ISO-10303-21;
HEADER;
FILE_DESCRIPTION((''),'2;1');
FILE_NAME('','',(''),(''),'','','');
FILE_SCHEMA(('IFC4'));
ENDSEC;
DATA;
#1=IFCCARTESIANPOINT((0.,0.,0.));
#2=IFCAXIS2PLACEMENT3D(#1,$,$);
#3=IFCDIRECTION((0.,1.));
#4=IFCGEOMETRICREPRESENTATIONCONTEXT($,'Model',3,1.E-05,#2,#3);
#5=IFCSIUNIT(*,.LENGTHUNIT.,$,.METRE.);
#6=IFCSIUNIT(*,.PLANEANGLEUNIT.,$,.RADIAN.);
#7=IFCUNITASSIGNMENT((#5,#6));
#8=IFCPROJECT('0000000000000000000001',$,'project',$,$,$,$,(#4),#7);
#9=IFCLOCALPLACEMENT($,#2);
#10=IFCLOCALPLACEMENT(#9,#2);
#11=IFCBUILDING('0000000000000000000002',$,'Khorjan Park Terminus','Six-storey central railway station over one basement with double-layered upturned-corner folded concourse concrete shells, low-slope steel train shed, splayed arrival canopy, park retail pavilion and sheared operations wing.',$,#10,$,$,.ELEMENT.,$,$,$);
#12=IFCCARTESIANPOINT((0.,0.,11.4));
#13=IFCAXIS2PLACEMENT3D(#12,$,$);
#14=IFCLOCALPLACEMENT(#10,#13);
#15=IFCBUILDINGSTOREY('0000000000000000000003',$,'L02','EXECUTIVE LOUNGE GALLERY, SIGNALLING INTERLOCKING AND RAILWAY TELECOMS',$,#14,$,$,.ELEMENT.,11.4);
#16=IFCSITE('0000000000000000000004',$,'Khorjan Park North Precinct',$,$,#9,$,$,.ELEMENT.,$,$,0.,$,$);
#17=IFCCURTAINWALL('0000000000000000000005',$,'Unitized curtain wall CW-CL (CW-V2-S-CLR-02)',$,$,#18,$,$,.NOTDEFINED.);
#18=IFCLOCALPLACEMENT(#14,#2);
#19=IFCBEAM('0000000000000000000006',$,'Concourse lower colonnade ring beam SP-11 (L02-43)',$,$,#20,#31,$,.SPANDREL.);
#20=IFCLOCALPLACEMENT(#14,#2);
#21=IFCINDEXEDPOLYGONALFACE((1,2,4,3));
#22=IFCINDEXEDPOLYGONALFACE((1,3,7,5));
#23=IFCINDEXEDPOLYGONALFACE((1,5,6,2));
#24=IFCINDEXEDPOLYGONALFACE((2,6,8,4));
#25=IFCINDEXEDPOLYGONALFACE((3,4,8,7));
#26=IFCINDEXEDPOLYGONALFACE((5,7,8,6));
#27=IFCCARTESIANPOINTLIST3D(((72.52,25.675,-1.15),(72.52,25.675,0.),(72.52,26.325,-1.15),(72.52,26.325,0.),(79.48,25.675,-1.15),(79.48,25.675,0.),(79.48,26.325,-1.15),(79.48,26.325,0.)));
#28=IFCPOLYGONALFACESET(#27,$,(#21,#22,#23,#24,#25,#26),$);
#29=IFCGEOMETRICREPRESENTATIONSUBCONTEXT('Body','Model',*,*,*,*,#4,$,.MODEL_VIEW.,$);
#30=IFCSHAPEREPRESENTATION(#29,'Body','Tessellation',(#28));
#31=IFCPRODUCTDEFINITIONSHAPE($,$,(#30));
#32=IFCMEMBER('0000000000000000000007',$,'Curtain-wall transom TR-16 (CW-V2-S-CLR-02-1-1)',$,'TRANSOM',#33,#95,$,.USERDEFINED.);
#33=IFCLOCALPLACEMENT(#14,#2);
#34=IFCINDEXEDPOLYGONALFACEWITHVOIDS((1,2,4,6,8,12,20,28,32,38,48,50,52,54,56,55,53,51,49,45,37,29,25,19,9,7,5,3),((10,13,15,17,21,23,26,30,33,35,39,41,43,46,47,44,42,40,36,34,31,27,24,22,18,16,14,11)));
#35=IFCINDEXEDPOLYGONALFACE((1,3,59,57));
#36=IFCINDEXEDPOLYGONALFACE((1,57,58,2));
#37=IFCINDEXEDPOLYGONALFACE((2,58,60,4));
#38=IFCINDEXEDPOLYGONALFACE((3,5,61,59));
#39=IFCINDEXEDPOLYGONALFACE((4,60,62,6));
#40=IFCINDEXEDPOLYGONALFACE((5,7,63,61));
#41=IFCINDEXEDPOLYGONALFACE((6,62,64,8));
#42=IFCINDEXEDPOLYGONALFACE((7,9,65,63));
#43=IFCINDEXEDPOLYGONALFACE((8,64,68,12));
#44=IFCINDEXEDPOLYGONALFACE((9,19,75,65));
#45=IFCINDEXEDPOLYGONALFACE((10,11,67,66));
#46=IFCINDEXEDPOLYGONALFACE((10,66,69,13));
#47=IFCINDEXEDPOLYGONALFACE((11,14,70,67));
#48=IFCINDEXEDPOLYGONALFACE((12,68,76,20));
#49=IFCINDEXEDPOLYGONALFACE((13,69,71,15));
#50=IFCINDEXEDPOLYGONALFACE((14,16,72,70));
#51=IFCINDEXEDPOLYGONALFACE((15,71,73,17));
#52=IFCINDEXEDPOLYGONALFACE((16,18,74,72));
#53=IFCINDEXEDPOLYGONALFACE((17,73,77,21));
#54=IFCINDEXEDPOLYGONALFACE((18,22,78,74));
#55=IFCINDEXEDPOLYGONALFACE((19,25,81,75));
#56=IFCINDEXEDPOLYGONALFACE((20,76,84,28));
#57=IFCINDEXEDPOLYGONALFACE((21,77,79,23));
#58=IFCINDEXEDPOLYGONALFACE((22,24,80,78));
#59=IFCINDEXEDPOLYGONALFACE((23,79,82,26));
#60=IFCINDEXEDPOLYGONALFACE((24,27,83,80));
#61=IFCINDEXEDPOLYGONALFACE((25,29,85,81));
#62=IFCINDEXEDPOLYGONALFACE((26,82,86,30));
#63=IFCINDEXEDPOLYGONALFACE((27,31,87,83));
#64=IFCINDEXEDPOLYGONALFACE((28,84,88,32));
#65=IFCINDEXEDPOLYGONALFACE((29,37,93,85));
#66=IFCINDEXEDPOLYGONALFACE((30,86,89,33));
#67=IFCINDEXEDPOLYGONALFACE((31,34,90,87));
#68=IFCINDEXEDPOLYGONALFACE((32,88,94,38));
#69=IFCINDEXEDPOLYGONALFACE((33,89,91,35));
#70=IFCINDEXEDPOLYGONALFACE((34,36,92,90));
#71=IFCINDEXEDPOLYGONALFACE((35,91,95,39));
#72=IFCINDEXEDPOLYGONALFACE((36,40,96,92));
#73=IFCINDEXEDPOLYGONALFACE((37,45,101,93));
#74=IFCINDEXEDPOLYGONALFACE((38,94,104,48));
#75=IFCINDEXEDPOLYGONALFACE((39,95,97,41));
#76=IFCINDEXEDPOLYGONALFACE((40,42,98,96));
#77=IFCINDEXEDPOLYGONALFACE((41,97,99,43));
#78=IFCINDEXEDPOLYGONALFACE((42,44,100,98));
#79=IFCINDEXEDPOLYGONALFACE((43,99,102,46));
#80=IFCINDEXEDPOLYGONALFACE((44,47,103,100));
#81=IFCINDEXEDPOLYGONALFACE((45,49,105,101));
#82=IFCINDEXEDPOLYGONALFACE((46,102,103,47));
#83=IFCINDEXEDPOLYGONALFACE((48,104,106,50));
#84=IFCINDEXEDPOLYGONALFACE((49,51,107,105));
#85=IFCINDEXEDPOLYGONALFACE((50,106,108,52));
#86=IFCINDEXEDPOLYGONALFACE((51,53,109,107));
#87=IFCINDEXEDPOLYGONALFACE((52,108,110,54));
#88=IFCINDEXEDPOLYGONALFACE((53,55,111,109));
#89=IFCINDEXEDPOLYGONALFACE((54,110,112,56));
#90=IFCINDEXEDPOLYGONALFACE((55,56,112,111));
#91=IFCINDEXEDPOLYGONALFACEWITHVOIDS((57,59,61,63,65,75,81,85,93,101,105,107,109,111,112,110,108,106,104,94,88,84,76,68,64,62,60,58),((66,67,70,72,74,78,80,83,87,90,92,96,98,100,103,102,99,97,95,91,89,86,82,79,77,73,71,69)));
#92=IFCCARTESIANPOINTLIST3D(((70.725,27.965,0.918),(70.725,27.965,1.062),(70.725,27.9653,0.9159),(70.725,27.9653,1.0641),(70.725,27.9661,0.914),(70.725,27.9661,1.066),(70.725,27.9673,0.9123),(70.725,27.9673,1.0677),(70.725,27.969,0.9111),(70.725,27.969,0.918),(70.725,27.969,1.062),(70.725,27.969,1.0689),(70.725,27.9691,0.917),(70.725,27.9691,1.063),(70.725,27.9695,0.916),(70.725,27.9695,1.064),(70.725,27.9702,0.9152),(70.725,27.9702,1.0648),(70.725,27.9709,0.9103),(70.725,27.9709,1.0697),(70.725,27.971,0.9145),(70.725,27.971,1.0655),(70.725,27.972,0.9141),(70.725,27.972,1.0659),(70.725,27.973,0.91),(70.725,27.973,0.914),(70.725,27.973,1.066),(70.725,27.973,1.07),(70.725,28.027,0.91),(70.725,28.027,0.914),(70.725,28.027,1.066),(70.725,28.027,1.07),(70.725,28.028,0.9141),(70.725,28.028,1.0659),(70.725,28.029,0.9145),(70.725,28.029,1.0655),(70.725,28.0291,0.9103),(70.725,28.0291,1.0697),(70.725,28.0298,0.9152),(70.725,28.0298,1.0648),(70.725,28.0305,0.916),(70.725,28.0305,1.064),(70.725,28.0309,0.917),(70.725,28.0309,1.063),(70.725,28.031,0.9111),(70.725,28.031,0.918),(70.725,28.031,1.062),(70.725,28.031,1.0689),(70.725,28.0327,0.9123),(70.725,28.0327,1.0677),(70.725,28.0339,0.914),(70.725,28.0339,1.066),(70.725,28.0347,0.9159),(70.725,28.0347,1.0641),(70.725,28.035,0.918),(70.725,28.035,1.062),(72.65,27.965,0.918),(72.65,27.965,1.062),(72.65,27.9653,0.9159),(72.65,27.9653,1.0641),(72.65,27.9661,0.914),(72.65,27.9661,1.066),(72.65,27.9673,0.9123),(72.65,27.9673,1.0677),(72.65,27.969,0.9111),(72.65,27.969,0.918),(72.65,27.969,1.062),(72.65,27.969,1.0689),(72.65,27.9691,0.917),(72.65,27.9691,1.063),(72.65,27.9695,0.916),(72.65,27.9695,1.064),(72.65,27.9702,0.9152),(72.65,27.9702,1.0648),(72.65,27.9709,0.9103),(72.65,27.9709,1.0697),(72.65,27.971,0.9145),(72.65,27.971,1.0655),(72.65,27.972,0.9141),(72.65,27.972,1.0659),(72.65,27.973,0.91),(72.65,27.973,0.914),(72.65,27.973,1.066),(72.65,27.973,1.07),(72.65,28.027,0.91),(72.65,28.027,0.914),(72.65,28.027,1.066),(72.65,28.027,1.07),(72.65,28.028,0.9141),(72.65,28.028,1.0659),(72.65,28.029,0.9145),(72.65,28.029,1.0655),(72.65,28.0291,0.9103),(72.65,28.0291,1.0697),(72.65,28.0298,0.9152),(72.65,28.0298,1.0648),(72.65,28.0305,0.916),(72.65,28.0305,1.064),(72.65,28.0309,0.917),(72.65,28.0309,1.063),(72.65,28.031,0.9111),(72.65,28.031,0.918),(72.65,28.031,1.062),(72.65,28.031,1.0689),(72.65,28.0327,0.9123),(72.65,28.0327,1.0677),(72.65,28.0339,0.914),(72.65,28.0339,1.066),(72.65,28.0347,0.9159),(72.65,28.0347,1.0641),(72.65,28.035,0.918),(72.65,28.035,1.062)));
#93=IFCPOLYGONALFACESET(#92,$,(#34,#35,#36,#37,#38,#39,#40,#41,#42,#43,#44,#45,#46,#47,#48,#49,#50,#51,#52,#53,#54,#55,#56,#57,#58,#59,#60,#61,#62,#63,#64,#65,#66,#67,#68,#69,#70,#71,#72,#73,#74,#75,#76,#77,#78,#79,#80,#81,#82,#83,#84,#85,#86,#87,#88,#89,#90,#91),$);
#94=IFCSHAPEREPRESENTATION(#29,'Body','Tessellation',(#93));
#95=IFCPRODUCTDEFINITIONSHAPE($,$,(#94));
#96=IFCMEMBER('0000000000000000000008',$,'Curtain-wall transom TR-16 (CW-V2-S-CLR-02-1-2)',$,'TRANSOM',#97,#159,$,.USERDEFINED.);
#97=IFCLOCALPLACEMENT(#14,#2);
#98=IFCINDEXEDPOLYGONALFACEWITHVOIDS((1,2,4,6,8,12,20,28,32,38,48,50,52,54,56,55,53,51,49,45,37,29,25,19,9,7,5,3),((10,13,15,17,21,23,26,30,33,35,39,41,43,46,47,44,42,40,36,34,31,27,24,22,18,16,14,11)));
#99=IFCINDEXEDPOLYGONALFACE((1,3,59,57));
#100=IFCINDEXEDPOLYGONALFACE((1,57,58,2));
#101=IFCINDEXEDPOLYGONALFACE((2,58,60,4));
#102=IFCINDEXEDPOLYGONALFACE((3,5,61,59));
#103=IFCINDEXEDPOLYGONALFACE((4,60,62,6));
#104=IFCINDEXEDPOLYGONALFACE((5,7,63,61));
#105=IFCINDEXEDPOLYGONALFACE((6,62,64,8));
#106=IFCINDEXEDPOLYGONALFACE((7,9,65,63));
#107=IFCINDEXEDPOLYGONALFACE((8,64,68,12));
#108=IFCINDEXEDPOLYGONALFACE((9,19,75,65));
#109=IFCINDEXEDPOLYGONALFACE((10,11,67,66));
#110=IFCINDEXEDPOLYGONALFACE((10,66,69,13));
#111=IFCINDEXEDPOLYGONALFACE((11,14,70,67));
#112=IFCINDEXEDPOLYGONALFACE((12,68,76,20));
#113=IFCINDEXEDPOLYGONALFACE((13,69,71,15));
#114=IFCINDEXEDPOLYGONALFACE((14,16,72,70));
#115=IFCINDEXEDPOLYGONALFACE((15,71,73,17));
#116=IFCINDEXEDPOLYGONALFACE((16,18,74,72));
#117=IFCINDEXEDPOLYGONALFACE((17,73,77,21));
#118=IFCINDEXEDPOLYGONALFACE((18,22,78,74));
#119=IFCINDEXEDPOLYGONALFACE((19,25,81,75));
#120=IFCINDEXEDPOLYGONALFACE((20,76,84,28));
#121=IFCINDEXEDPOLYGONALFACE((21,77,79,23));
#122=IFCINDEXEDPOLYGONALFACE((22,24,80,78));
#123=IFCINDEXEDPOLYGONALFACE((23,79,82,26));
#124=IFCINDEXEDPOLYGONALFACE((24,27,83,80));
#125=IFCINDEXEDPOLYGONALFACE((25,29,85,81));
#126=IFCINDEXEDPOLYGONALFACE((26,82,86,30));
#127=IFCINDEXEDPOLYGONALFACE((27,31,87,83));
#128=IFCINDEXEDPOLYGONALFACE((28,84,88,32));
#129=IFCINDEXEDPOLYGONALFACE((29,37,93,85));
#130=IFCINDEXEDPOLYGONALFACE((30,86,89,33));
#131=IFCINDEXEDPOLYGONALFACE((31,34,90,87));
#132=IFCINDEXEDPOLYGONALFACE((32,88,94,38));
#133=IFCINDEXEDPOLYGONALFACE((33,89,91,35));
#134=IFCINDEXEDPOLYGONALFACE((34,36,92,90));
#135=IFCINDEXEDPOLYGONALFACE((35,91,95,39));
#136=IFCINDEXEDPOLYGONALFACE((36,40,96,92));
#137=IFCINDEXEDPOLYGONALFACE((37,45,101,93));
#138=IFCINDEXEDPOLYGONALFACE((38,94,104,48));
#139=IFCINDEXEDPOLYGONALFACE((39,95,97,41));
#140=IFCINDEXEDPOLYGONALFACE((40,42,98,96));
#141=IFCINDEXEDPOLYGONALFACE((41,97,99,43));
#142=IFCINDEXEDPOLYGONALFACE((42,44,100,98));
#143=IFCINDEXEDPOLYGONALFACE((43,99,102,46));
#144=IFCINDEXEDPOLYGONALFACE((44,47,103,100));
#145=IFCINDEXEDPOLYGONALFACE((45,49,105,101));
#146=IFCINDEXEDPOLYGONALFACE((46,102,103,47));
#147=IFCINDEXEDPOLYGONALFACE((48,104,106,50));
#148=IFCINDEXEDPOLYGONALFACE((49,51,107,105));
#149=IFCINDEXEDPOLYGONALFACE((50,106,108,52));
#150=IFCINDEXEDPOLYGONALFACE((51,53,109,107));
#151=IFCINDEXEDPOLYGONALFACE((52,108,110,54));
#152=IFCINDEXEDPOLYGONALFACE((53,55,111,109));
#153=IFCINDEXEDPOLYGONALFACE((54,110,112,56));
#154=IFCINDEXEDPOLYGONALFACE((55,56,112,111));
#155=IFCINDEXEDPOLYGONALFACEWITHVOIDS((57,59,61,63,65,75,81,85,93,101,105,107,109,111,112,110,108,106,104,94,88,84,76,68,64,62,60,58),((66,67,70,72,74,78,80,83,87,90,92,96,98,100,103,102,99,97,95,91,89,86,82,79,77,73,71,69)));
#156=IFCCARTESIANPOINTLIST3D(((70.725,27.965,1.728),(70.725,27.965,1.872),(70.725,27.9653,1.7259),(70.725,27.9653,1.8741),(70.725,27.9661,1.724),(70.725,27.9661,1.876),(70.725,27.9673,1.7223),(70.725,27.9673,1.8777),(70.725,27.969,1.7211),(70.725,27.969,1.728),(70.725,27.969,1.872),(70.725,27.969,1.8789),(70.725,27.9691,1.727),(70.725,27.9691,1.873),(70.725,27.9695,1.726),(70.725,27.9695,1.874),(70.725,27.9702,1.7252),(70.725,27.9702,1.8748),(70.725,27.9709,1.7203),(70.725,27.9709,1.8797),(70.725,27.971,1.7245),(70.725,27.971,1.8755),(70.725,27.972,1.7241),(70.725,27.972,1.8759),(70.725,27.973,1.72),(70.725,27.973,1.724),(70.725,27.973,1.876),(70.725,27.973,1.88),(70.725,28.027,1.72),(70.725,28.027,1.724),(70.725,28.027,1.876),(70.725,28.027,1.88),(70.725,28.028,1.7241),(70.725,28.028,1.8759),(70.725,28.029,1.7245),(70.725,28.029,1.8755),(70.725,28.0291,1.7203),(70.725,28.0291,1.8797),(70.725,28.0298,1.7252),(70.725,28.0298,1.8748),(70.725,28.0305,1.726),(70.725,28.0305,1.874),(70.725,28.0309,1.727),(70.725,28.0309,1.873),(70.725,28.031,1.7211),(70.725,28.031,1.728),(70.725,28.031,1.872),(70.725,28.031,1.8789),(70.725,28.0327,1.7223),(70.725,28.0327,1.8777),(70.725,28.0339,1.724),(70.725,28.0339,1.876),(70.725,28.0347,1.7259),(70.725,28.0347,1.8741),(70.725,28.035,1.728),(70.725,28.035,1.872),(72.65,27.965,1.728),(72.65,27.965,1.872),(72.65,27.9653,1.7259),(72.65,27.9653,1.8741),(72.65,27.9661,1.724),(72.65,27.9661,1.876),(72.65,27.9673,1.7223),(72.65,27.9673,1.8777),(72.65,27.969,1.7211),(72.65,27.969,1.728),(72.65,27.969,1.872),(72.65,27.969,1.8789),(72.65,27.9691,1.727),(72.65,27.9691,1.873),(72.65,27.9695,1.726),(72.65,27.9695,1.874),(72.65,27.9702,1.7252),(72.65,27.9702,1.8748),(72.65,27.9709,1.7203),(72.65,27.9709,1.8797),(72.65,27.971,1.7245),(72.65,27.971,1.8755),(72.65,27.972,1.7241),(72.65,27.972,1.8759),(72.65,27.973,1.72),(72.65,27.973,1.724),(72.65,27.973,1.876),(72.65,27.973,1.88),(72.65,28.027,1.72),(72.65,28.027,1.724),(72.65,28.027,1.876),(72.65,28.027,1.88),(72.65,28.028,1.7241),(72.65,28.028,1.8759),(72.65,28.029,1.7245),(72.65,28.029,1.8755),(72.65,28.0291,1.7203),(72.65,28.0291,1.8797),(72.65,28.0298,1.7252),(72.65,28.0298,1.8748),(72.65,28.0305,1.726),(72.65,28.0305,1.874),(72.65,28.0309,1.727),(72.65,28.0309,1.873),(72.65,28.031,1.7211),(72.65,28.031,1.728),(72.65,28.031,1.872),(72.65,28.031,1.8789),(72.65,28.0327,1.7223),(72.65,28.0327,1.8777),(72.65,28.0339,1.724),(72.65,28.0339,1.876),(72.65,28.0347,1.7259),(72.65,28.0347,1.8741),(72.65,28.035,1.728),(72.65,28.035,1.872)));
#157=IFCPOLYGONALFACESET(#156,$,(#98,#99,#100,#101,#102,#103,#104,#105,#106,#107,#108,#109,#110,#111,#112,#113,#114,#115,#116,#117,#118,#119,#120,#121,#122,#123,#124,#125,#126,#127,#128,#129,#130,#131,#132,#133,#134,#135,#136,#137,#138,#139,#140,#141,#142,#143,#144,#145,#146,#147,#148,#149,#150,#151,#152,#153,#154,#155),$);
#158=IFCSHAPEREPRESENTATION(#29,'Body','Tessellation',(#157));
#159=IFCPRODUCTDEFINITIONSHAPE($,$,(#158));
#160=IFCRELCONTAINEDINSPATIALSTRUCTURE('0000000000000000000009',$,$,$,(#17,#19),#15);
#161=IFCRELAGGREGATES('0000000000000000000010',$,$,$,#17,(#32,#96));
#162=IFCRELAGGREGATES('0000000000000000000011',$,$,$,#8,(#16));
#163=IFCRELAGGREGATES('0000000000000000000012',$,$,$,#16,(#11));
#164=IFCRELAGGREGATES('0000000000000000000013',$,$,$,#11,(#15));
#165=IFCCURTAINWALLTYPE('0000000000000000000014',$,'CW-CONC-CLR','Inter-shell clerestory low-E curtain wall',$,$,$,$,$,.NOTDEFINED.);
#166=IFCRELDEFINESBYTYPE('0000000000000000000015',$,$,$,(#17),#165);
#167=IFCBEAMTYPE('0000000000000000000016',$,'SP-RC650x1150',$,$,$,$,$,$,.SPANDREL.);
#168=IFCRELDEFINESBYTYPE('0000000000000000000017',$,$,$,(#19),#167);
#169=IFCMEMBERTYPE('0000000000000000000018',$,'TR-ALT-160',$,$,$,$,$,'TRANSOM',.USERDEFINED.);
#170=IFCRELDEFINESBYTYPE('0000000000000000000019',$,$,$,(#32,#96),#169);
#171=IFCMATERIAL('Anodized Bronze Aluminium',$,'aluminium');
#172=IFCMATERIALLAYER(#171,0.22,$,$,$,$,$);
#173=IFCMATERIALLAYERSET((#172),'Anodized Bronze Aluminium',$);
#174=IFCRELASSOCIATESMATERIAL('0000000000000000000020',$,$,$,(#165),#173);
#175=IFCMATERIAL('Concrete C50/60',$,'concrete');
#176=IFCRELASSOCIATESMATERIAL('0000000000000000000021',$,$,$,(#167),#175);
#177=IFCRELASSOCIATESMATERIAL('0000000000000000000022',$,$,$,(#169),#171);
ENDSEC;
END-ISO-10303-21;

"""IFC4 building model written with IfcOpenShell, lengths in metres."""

from ifc_helpers import new_model, si_unit, direction, frame, origin, origin_2d, place, context, subcontext, project, spatial, rectangle, hollow_rectangle, extrude, material, layer, layer_set, material_profile, profile_set, type_object, element, aggregate, save


model = new_model("IFC4")

# Units and contexts
model_context = context("Model", 3, precision=1e-05, world=origin(), true_north=direction((0.0, 1.0)))
body_context = subcontext(model_context, "Body", "Model", "MODEL_VIEW")
ifc_project = project(units=[si_unit("LENGTHUNIT", "METRE"), si_unit("PLANEANGLEUNIT", "RADIAN")], contexts=[model_context])

# Site, building, storey
site_placement = place(None, origin())
site = spatial("IfcSite", under=ifc_project, at=site_placement, Name="Khorjan Park North Precinct", CompositionType="ELEMENT", RefElevation=0.0)
building_placement = place(site_placement, origin())
building = spatial("IfcBuilding", under=site, at=building_placement, Name="Khorjan Park Terminus", Description="Six-storey central railway station over one basement with double-layered upturned-corner folded concourse concrete shells, low-slope steel train shed, splayed arrival canopy, park retail pavilion and sheared operations wing.", CompositionType="ELEMENT")
storey_placement = place(building_placement, frame((0.0, 0.0, 11.4)))
storey = spatial("IfcBuildingStorey", under=building, at=storey_placement, Name="L02", Description="EXECUTIVE LOUNGE GALLERY, SIGNALLING INTERLOCKING AND RAILWAY TELECOMS", CompositionType="ELEMENT", Elevation=11.4)

# Shared definitions
ifc_material_1 = material(Name="Concrete C50/60", Category="concrete")

# Curtain wall
ifc_material_2 = material(Name="Anodized Bronze Aluminium", Category="aluminium")
ifc_layer_1 = layer(ifc_material_2, 0.22)
ifc_layer_set_1 = layer_set([ifc_layer_1], Name="Anodized Bronze Aluminium")
curtain_wall_type = type_object("IfcCurtainWallType", Name="CW-CONC-CLR", Description="Inter-shell clerestory low-E curtain wall", PredefinedType="NOTDEFINED", material=ifc_layer_set_1)
curtain_wall_placement = place(storey_placement, origin())
curtain_wall = element("IfcCurtainWall", 1, at=curtain_wall_placement, inside=storey, type_object=curtain_wall_type, Name="Unitized curtain wall CW-CL (CW-V2-S-CLR-02)", PredefinedType="NOTDEFINED")

# Beam
ifc_material_profile_1 = material_profile(ifc_material_1, rectangle(XDim=0.65, YDim=1.15, at=origin_2d()), Name="RC 650x1150")
ifc_profile_set_1 = profile_set([ifc_material_profile_1], Name="Concrete C50/60")
beam_type_1 = type_object("IfcBeamType", Name="SP-RC650x1150", PredefinedType="SPANDREL", material=ifc_profile_set_1)
beam_1_placement = place(storey_placement, frame((72.52, 26.0, -0.575), z_axis=(1.0, 0.0, 0.0), x_axis=(0.0, 1.0, 0.0)))
element("IfcBeam", 2, at=beam_1_placement, inside=storey, type_object=beam_type_1, Name="Concourse lower colonnade ring beam SP-11 (L02-43)", PredefinedType="SPANDREL", context=body_context, shape_type="SweptSolid", body=[
    extrude(rectangle(XDim=0.65, YDim=1.15, at=origin_2d()), origin(), (0.0, 0.0, 1.0), 6.96),
])

# Members
ifc_material_profile_2 = material_profile(ifc_material_2, hollow_rectangle(XDim=0.07, YDim=0.16, WallThickness=0.004, InnerFilletRadius=0.004, OuterFilletRadius=0.008, at=origin_2d()), Name="ALT 70x160x4")
ifc_profile_set_2 = profile_set([ifc_material_profile_2], Name="Anodized Bronze Aluminium")
member_type_1 = type_object("IfcMemberType", Name="TR-ALT-160", ElementType="TRANSOM", PredefinedType="USERDEFINED", material=ifc_profile_set_2)
member_1_placement = place(storey_placement, frame((70.725, 28.0, 0.99), z_axis=(1.0, 0.0, 0.0), x_axis=(0.0, 1.0, 0.0)))
member_1 = element("IfcMember", 3, at=member_1_placement, type_object=member_type_1, Name="Curtain-wall transom TR-16 (CW-V2-S-CLR-02-1-1)", ObjectType="TRANSOM", PredefinedType="USERDEFINED", context=body_context, shape_type="SweptSolid", body=[
    extrude(hollow_rectangle(XDim=0.07, YDim=0.16, WallThickness=0.004, InnerFilletRadius=0.004, OuterFilletRadius=0.008, at=origin_2d()), origin(), (0.0, 0.0, 1.0), 1.925),
])
member_2_placement = place(storey_placement, frame((70.725, 28.0, 1.8), z_axis=(1.0, 0.0, 0.0), x_axis=(0.0, 1.0, 0.0)))
member_2 = element("IfcMember", 4, at=member_2_placement, type_object=member_type_1, Name="Curtain-wall transom TR-16 (CW-V2-S-CLR-02-1-2)", ObjectType="TRANSOM", PredefinedType="USERDEFINED", context=body_context, shape_type="SweptSolid", body=[
    extrude(hollow_rectangle(XDim=0.07, YDim=0.16, WallThickness=0.004, InnerFilletRadius=0.004, OuterFilletRadius=0.008, at=origin_2d()), origin(), (0.0, 0.0, 1.0), 1.925),
])

aggregate(curtain_wall, [member_1, member_2])

save(model, "model.ifc")
